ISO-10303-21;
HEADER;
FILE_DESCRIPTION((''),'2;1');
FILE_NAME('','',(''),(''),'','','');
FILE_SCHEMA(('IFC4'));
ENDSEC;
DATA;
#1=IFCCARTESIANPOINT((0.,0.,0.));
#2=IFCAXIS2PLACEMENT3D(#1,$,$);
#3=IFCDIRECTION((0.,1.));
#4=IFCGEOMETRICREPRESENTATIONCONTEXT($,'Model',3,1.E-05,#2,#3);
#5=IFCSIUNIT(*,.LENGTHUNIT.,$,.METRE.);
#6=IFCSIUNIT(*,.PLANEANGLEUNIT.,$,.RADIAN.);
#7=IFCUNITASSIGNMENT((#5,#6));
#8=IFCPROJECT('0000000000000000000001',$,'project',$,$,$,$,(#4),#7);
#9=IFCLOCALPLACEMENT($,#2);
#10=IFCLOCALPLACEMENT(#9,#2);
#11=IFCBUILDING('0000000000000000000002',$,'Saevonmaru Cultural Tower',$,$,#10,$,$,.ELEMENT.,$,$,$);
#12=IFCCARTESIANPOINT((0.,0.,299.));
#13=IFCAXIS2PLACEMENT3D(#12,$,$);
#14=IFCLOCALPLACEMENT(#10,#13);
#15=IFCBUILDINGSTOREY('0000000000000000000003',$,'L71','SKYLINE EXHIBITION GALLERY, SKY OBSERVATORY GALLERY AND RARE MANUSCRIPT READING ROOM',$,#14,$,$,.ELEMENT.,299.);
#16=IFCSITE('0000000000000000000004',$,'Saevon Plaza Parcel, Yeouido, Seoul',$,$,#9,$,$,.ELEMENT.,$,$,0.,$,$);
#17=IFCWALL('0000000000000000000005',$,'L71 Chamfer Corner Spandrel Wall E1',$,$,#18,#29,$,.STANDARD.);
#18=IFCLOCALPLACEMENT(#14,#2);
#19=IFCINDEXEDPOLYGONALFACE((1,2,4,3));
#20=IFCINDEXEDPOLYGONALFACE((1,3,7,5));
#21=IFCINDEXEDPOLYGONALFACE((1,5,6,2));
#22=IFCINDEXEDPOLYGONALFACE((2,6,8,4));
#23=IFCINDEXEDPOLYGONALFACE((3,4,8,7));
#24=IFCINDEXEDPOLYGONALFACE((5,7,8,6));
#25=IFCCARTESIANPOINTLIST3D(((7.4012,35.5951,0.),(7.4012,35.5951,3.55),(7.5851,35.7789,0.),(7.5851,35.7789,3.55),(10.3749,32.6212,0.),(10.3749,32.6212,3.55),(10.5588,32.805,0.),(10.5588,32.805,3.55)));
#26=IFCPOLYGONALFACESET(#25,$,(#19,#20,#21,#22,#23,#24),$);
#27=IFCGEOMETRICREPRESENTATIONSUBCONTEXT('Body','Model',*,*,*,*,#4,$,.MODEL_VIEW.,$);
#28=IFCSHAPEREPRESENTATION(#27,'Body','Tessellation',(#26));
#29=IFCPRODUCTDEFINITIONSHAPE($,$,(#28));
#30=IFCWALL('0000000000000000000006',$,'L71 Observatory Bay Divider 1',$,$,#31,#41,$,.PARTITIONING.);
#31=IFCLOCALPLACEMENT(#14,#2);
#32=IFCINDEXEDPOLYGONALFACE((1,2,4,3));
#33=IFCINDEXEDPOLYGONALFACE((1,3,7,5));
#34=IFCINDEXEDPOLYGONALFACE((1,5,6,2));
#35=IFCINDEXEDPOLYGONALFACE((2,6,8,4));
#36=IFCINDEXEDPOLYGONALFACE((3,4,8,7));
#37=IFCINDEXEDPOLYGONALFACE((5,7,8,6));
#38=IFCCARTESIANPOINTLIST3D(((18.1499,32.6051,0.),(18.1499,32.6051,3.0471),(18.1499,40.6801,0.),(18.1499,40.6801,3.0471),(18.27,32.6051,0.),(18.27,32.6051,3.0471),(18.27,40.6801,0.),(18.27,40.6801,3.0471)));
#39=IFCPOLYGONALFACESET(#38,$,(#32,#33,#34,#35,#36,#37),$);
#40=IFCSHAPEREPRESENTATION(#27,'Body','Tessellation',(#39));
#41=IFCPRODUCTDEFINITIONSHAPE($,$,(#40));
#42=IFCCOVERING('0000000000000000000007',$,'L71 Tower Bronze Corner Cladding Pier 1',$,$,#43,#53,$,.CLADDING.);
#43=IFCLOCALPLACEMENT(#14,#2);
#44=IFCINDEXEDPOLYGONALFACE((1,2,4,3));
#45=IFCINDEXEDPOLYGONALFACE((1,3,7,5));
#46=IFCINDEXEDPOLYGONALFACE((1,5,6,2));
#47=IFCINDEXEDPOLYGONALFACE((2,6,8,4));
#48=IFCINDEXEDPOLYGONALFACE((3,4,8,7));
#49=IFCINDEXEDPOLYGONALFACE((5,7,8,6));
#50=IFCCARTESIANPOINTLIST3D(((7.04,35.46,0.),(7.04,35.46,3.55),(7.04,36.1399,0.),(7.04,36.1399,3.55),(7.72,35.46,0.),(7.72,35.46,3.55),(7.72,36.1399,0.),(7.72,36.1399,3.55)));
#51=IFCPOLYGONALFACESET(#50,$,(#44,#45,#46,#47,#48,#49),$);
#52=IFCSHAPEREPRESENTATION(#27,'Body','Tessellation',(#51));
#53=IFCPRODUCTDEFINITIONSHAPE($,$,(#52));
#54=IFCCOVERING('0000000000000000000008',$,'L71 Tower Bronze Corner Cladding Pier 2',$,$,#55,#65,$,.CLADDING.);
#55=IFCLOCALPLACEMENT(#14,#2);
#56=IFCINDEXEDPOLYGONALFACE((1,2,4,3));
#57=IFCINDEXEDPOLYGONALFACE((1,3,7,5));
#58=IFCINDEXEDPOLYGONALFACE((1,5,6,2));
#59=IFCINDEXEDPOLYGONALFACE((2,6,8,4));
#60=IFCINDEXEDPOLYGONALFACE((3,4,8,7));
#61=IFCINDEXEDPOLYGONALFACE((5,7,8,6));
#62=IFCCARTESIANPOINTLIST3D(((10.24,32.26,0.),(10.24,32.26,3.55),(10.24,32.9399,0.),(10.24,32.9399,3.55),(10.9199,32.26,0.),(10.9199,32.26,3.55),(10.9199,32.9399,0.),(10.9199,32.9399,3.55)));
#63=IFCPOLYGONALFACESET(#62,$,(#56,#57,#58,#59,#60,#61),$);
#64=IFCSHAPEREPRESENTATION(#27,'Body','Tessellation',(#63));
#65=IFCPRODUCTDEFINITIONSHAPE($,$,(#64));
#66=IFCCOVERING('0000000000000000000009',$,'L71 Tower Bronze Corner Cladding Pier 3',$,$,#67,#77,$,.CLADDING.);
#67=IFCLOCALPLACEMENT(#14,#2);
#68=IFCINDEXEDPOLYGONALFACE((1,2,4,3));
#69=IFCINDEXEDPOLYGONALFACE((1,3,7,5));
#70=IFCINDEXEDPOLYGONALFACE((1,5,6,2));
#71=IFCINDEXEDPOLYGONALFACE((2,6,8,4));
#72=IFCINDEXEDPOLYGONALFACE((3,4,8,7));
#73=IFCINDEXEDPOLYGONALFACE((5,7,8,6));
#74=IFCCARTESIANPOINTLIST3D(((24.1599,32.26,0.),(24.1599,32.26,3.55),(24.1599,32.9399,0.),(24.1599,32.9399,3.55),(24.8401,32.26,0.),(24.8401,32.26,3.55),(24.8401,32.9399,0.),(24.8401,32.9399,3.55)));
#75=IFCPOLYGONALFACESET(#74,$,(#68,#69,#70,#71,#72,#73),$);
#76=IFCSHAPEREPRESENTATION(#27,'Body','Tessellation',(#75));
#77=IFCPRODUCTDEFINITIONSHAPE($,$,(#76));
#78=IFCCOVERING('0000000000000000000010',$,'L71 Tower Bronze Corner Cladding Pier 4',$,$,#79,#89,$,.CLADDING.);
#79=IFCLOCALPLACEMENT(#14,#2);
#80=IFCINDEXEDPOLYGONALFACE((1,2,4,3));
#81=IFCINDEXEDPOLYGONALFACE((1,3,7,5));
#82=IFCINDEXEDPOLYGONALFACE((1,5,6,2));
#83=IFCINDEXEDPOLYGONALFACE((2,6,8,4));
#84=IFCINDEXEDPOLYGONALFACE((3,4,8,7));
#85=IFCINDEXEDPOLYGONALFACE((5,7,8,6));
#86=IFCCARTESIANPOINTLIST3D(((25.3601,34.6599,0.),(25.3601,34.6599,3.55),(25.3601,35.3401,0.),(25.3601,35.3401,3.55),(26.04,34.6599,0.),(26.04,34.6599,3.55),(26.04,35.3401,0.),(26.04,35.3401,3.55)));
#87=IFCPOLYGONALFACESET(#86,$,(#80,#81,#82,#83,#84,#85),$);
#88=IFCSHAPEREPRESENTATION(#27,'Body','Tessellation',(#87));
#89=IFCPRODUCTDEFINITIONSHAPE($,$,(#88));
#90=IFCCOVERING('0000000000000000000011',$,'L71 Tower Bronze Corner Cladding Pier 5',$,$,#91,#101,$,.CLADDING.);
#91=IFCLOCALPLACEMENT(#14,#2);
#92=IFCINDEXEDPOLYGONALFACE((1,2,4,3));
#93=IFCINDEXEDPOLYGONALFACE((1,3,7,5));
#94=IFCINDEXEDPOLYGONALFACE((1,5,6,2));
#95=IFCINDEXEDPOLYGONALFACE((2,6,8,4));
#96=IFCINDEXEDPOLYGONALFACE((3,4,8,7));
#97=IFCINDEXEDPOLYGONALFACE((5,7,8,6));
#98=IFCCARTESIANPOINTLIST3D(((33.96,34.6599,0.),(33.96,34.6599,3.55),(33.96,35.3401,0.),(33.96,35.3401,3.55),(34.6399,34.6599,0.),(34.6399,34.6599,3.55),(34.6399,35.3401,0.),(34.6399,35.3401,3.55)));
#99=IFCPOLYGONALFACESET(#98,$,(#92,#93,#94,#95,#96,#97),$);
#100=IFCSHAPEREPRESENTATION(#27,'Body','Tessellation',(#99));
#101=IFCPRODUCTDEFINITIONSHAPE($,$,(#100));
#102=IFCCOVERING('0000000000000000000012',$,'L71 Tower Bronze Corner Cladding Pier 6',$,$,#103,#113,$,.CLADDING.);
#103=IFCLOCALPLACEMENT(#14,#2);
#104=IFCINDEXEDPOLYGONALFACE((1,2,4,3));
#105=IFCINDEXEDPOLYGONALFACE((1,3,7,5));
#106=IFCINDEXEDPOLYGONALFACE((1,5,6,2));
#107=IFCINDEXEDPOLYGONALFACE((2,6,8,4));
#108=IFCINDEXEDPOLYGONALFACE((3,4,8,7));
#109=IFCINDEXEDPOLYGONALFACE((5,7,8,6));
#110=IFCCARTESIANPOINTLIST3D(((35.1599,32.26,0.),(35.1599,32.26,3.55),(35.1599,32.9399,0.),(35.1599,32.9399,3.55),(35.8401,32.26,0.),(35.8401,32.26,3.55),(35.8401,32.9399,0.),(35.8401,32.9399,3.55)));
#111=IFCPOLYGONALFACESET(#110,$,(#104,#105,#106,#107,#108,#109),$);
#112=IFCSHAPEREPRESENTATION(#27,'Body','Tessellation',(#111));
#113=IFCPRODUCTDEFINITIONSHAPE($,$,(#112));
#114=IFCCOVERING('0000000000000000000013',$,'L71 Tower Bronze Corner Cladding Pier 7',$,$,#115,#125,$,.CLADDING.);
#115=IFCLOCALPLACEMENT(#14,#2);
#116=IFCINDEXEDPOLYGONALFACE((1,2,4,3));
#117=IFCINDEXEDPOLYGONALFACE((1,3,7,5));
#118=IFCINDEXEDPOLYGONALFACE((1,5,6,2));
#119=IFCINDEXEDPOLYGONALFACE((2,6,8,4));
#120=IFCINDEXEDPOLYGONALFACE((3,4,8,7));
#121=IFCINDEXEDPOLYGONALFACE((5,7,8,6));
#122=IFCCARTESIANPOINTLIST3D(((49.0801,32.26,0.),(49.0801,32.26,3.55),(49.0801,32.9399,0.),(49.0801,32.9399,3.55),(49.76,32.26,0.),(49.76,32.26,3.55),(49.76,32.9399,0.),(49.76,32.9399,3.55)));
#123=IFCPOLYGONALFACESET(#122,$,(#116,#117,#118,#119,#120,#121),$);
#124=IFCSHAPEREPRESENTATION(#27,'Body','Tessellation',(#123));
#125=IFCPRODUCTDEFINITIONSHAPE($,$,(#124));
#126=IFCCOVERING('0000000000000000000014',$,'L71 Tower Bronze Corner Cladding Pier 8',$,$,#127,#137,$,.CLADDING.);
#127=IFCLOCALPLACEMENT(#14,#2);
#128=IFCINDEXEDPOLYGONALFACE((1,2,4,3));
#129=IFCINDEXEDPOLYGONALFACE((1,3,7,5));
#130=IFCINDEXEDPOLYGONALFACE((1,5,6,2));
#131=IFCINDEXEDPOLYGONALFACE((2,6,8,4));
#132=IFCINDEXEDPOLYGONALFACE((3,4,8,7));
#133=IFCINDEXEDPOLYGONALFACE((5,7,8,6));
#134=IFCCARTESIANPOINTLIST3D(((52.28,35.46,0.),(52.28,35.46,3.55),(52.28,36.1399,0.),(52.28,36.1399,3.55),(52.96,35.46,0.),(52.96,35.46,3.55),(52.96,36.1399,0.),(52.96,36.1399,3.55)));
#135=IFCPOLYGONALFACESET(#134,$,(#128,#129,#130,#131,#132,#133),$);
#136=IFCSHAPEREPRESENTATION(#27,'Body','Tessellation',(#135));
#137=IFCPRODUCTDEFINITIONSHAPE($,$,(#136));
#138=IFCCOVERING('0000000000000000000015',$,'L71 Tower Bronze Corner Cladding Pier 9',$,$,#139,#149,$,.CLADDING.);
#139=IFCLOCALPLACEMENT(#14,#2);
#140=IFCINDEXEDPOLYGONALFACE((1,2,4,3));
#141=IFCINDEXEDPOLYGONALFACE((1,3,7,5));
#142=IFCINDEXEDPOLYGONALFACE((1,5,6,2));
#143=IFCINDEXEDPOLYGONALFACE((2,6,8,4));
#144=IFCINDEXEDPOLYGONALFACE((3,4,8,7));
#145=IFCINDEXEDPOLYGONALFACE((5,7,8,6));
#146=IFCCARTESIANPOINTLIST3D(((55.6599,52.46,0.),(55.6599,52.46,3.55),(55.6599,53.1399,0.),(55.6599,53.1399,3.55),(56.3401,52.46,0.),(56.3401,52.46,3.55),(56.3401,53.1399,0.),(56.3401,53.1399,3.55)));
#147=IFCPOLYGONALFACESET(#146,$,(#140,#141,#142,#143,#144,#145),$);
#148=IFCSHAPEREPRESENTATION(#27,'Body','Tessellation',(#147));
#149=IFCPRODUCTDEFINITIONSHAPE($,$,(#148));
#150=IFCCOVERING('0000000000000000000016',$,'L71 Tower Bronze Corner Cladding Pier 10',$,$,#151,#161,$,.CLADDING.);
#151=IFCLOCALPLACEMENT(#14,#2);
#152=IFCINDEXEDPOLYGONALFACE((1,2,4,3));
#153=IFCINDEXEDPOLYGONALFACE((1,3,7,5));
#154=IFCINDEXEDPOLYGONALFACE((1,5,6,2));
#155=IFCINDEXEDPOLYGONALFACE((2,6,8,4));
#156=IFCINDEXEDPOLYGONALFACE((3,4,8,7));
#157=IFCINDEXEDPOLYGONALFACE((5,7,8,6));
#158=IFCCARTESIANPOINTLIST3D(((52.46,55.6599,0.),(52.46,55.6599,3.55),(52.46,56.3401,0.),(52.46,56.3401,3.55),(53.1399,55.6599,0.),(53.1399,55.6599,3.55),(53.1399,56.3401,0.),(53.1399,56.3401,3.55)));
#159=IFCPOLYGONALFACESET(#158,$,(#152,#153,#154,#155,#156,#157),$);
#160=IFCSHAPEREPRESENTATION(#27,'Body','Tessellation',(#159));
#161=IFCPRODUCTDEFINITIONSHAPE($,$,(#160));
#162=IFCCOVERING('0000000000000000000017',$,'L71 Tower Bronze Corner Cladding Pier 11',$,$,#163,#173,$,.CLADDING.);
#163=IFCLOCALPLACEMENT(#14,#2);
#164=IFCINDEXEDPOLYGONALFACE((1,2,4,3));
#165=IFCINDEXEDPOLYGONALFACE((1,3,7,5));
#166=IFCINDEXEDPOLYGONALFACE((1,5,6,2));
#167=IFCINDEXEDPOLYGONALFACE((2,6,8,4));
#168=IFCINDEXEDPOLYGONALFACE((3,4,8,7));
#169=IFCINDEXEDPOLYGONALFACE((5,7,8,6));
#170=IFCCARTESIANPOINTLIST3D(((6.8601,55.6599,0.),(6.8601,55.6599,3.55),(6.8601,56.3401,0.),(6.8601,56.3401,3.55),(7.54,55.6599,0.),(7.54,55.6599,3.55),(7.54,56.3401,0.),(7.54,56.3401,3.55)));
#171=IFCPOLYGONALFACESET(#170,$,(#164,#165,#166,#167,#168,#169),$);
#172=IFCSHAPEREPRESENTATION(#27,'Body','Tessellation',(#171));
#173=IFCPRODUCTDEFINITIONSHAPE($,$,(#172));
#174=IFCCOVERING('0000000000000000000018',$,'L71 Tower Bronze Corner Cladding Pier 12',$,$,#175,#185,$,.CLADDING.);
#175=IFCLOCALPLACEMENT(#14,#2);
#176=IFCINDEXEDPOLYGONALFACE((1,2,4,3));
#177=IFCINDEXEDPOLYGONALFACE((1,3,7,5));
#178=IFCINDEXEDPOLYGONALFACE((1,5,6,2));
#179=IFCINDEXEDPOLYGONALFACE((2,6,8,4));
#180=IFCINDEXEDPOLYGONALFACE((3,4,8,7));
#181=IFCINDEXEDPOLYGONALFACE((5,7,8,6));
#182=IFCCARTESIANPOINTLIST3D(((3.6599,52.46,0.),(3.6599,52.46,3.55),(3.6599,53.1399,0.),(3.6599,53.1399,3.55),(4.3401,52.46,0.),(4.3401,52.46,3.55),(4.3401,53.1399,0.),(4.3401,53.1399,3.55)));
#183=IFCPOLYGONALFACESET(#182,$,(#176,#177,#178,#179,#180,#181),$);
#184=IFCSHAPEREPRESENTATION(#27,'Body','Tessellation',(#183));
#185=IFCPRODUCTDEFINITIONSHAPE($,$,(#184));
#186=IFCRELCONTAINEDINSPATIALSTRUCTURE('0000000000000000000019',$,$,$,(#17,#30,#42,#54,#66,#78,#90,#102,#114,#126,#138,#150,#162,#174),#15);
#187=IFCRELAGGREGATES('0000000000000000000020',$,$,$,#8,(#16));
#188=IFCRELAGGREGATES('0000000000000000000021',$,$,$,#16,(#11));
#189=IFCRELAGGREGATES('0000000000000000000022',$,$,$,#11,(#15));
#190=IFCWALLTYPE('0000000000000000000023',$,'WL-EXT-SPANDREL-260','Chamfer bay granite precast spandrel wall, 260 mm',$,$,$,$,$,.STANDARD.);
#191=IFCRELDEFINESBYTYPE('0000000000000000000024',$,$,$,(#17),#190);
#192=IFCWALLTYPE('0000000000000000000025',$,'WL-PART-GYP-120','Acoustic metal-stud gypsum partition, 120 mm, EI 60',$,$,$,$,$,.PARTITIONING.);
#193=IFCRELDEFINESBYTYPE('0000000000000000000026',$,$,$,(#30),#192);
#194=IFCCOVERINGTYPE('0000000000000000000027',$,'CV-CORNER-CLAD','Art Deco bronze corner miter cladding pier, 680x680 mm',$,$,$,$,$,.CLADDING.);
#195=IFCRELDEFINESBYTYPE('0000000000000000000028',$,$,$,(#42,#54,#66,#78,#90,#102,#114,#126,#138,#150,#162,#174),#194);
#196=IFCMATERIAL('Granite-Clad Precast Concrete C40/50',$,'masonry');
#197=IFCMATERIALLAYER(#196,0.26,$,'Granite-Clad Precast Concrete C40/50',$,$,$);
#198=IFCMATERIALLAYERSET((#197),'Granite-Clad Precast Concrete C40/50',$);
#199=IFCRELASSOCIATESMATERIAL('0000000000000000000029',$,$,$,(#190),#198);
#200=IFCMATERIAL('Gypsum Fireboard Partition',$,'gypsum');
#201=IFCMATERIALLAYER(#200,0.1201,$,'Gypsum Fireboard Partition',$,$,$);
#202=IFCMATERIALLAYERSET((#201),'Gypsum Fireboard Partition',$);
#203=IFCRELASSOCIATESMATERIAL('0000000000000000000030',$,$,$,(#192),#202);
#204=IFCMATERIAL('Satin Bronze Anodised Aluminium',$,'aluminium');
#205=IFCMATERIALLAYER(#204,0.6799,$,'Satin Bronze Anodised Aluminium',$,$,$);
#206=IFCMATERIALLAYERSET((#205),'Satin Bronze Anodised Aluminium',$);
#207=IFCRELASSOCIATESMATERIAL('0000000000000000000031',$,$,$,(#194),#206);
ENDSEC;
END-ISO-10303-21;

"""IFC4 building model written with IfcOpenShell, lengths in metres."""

from ifc_helpers import new_model, si_unit, direction, frame, frame_2d, origin, place, context, subcontext, project, spatial, polyline, rectangle, outline, extrude, material, layer, layer_set, type_object, element, save


model = new_model("IFC4")

# Units and contexts
model_context = context("Model", 3, precision=1e-05, world=origin(), true_north=direction((0.0, 1.0)))
body_context = subcontext(model_context, "Body", "Model", "MODEL_VIEW")
ifc_project = project(units=[si_unit("LENGTHUNIT", "METRE"), si_unit("PLANEANGLEUNIT", "RADIAN")], contexts=[model_context])

# Site, building, storey
site_placement = place(None, origin())
site = spatial("IfcSite", under=ifc_project, at=site_placement, Name="Saevon Plaza Parcel, Yeouido, Seoul", CompositionType="ELEMENT", RefElevation=0.0)
building_placement = place(site_placement, origin())
building = spatial("IfcBuilding", under=site, at=building_placement, Name="Saevonmaru Cultural Tower", CompositionType="ELEMENT")
storey_placement = place(building_placement, frame((0.0, 0.0, 299.0)))
storey = spatial("IfcBuildingStorey", under=building, at=storey_placement, Name="L71", Description="SKYLINE EXHIBITION GALLERY, SKY OBSERVATORY GALLERY AND RARE MANUSCRIPT READING ROOM", CompositionType="ELEMENT", Elevation=299.0)

# Shared definitions
ifc_material_1 = material(Name="Satin Bronze Anodised Aluminium", Category="aluminium")

# Walls
ifc_material_2 = material(Name="Granite-Clad Precast Concrete C40/50", Category="masonry")
ifc_layer_1 = layer(ifc_material_2, 0.26, Name="Granite-Clad Precast Concrete C40/50")
ifc_layer_set_1 = layer_set([ifc_layer_1], Name="Granite-Clad Precast Concrete C40/50")
wall_type_1 = type_object("IfcWallType", Name="WL-EXT-SPANDREL-260", Description="Chamfer bay granite precast spandrel wall, 260 mm", PredefinedType="STANDARD", material=ifc_layer_set_1)
wall_1_placement = place(storey_placement, frame((7.4932, 35.687, 0.0), z_axis=(0.0, 0.0, 1.0), x_axis=(0.707078, -0.707136, 0.0)))
element("IfcWall", 1, at=wall_1_placement, inside=storey, type_object=wall_type_1, Name="L71 Chamfer Corner Spandrel Wall E1", PredefinedType="STANDARD", context=body_context, shape_type="SweptSolid", body=[
    extrude(rectangle(XDim=4.2056, YDim=0.26, at=frame_2d((2.1028, 0.0))), origin(), (0.0, 0.0, 1.0), 3.55),
])
ifc_material_3 = material(Name="Gypsum Fireboard Partition", Category="gypsum")
ifc_layer_2 = layer(ifc_material_3, 0.1201, Name="Gypsum Fireboard Partition")
ifc_layer_set_2 = layer_set([ifc_layer_2], Name="Gypsum Fireboard Partition")
wall_type_2 = type_object("IfcWallType", Name="WL-PART-GYP-120", Description="Acoustic metal-stud gypsum partition, 120 mm, EI 60", PredefinedType="PARTITIONING", material=ifc_layer_set_2)
wall_2_placement = place(storey_placement, frame((18.21, 32.605, 0.0), z_axis=(0.0, 0.0, 1.0), x_axis=(0.0, 1.0, 0.0)))
element("IfcWall", 2, at=wall_2_placement, inside=storey, type_object=wall_type_2, Name="L71 Observatory Bay Divider 1", PredefinedType="PARTITIONING", context=body_context, shape_type="SweptSolid", body=[
    extrude(rectangle(XDim=8.075, YDim=0.1201, at=frame_2d((4.0376, 0.0))), origin(), (0.0, 0.0, 1.0), 3.0471),
])

# Coverings
ifc_layer_3 = layer(ifc_material_1, 0.6799, Name="Satin Bronze Anodised Aluminium")
ifc_layer_set_3 = layer_set([ifc_layer_3], Name="Satin Bronze Anodised Aluminium")
covering_type = type_object("IfcCoveringType", Name="CV-CORNER-CLAD", Description="Art Deco bronze corner miter cladding pier, 680x680 mm", PredefinedType="CLADDING", material=ifc_layer_set_3)
covering_1_placement = place(storey_placement, origin())
element("IfcCovering", 3, at=covering_1_placement, inside=storey, type_object=covering_type, Name="L71 Tower Bronze Corner Cladding Pier 1", PredefinedType="CLADDING", context=body_context, shape_type="SweptSolid", body=[
    extrude(outline(polyline([(7.04, 35.46), (7.72, 35.46), (7.72, 36.1399), (7.04, 36.1399), (7.04, 35.46)])), origin(), (0.0, 0.0, 1.0), 3.55),
])
covering_2_placement = place(storey_placement, origin())
element("IfcCovering", 4, at=covering_2_placement, inside=storey, type_object=covering_type, Name="L71 Tower Bronze Corner Cladding Pier 2", PredefinedType="CLADDING", context=body_context, shape_type="SweptSolid", body=[
    extrude(outline(polyline([(10.24, 32.26), (10.9199, 32.26), (10.9199, 32.9399), (10.24, 32.9399), (10.24, 32.26)])), origin(), (0.0, 0.0, 1.0), 3.55),
])
covering_3_placement = place(storey_placement, origin())
element("IfcCovering", 5, at=covering_3_placement, inside=storey, type_object=covering_type, Name="L71 Tower Bronze Corner Cladding Pier 3", PredefinedType="CLADDING", context=body_context, shape_type="SweptSolid", body=[
    extrude(outline(polyline([(24.1599, 32.26), (24.8401, 32.26), (24.8401, 32.9399), (24.1599, 32.9399), (24.1599, 32.26)])), origin(), (0.0, 0.0, 1.0), 3.55),
])
covering_4_placement = place(storey_placement, origin())
element("IfcCovering", 6, at=covering_4_placement, inside=storey, type_object=covering_type, Name="L71 Tower Bronze Corner Cladding Pier 4", PredefinedType="CLADDING", context=body_context, shape_type="SweptSolid", body=[
    extrude(outline(polyline([(25.3601, 34.6599), (26.04, 34.6599), (26.04, 35.3401), (25.3601, 35.3401), (25.3601, 34.6599)])), origin(), (0.0, 0.0, 1.0), 3.55),
])
covering_5_placement = place(storey_placement, origin())
element("IfcCovering", 7, at=covering_5_placement, inside=storey, type_object=covering_type, Name="L71 Tower Bronze Corner Cladding Pier 5", PredefinedType="CLADDING", context=body_context, shape_type="SweptSolid", body=[
    extrude(outline(polyline([(33.96, 34.6599), (34.6399, 34.6599), (34.6399, 35.3401), (33.96, 35.3401), (33.96, 34.6599)])), origin(), (0.0, 0.0, 1.0), 3.55),
])
covering_6_placement = place(storey_placement, origin())
element("IfcCovering", 8, at=covering_6_placement, inside=storey, type_object=covering_type, Name="L71 Tower Bronze Corner Cladding Pier 6", PredefinedType="CLADDING", context=body_context, shape_type="SweptSolid", body=[
    extrude(outline(polyline([(35.1599, 32.26), (35.8401, 32.26), (35.8401, 32.9399), (35.1599, 32.9399), (35.1599, 32.26)])), origin(), (0.0, 0.0, 1.0), 3.55),
])
covering_7_placement = place(storey_placement, origin())
element("IfcCovering", 9, at=covering_7_placement, inside=storey, type_object=covering_type, Name="L71 Tower Bronze Corner Cladding Pier 7", PredefinedType="CLADDING", context=body_context, shape_type="SweptSolid", body=[
    extrude(outline(polyline([(49.0801, 32.26), (49.76, 32.26), (49.76, 32.9399), (49.0801, 32.9399), (49.0801, 32.26)])), origin(), (0.0, 0.0, 1.0), 3.55),
])
covering_8_placement = place(storey_placement, origin())
element("IfcCovering", 10, at=covering_8_placement, inside=storey, type_object=covering_type, Name="L71 Tower Bronze Corner Cladding Pier 8", PredefinedType="CLADDING", context=body_context, shape_type="SweptSolid", body=[
    extrude(outline(polyline([(52.28, 35.46), (52.96, 35.46), (52.96, 36.1399), (52.28, 36.1399), (52.28, 35.46)])), origin(), (0.0, 0.0, 1.0), 3.55),
])
covering_9_placement = place(storey_placement, origin())
element("IfcCovering", 11, at=covering_9_placement, inside=storey, type_object=covering_type, Name="L71 Tower Bronze Corner Cladding Pier 9", PredefinedType="CLADDING", context=body_context, shape_type="SweptSolid", body=[
    extrude(outline(polyline([(55.6599, 52.46), (56.3401, 52.46), (56.3401, 53.1399), (55.6599, 53.1399), (55.6599, 52.46)])), origin(), (0.0, 0.0, 1.0), 3.55),
])
covering_10_placement = place(storey_placement, origin())
element("IfcCovering", 12, at=covering_10_placement, inside=storey, type_object=covering_type, Name="L71 Tower Bronze Corner Cladding Pier 10", PredefinedType="CLADDING", context=body_context, shape_type="SweptSolid", body=[
    extrude(outline(polyline([(52.46, 55.6599), (53.1399, 55.6599), (53.1399, 56.3401), (52.46, 56.3401), (52.46, 55.6599)])), origin(), (0.0, 0.0, 1.0), 3.55),
])
covering_11_placement = place(storey_placement, origin())
element("IfcCovering", 13, at=covering_11_placement, inside=storey, type_object=covering_type, Name="L71 Tower Bronze Corner Cladding Pier 11", PredefinedType="CLADDING", context=body_context, shape_type="SweptSolid", body=[
    extrude(outline(polyline([(6.8601, 55.6599), (7.54, 55.6599), (7.54, 56.3401), (6.8601, 56.3401), (6.8601, 55.6599)])), origin(), (0.0, 0.0, 1.0), 3.55),
])
covering_12_placement = place(storey_placement, origin())
element("IfcCovering", 14, at=covering_12_placement, inside=storey, type_object=covering_type, Name="L71 Tower Bronze Corner Cladding Pier 12", PredefinedType="CLADDING", context=body_context, shape_type="SweptSolid", body=[
    extrude(outline(polyline([(3.6599, 52.46), (4.3401, 52.46), (4.3401, 53.1399), (3.6599, 53.1399), (3.6599, 52.46)])), origin(), (0.0, 0.0, 1.0), 3.55),
])

save(model, "model.ifc")
